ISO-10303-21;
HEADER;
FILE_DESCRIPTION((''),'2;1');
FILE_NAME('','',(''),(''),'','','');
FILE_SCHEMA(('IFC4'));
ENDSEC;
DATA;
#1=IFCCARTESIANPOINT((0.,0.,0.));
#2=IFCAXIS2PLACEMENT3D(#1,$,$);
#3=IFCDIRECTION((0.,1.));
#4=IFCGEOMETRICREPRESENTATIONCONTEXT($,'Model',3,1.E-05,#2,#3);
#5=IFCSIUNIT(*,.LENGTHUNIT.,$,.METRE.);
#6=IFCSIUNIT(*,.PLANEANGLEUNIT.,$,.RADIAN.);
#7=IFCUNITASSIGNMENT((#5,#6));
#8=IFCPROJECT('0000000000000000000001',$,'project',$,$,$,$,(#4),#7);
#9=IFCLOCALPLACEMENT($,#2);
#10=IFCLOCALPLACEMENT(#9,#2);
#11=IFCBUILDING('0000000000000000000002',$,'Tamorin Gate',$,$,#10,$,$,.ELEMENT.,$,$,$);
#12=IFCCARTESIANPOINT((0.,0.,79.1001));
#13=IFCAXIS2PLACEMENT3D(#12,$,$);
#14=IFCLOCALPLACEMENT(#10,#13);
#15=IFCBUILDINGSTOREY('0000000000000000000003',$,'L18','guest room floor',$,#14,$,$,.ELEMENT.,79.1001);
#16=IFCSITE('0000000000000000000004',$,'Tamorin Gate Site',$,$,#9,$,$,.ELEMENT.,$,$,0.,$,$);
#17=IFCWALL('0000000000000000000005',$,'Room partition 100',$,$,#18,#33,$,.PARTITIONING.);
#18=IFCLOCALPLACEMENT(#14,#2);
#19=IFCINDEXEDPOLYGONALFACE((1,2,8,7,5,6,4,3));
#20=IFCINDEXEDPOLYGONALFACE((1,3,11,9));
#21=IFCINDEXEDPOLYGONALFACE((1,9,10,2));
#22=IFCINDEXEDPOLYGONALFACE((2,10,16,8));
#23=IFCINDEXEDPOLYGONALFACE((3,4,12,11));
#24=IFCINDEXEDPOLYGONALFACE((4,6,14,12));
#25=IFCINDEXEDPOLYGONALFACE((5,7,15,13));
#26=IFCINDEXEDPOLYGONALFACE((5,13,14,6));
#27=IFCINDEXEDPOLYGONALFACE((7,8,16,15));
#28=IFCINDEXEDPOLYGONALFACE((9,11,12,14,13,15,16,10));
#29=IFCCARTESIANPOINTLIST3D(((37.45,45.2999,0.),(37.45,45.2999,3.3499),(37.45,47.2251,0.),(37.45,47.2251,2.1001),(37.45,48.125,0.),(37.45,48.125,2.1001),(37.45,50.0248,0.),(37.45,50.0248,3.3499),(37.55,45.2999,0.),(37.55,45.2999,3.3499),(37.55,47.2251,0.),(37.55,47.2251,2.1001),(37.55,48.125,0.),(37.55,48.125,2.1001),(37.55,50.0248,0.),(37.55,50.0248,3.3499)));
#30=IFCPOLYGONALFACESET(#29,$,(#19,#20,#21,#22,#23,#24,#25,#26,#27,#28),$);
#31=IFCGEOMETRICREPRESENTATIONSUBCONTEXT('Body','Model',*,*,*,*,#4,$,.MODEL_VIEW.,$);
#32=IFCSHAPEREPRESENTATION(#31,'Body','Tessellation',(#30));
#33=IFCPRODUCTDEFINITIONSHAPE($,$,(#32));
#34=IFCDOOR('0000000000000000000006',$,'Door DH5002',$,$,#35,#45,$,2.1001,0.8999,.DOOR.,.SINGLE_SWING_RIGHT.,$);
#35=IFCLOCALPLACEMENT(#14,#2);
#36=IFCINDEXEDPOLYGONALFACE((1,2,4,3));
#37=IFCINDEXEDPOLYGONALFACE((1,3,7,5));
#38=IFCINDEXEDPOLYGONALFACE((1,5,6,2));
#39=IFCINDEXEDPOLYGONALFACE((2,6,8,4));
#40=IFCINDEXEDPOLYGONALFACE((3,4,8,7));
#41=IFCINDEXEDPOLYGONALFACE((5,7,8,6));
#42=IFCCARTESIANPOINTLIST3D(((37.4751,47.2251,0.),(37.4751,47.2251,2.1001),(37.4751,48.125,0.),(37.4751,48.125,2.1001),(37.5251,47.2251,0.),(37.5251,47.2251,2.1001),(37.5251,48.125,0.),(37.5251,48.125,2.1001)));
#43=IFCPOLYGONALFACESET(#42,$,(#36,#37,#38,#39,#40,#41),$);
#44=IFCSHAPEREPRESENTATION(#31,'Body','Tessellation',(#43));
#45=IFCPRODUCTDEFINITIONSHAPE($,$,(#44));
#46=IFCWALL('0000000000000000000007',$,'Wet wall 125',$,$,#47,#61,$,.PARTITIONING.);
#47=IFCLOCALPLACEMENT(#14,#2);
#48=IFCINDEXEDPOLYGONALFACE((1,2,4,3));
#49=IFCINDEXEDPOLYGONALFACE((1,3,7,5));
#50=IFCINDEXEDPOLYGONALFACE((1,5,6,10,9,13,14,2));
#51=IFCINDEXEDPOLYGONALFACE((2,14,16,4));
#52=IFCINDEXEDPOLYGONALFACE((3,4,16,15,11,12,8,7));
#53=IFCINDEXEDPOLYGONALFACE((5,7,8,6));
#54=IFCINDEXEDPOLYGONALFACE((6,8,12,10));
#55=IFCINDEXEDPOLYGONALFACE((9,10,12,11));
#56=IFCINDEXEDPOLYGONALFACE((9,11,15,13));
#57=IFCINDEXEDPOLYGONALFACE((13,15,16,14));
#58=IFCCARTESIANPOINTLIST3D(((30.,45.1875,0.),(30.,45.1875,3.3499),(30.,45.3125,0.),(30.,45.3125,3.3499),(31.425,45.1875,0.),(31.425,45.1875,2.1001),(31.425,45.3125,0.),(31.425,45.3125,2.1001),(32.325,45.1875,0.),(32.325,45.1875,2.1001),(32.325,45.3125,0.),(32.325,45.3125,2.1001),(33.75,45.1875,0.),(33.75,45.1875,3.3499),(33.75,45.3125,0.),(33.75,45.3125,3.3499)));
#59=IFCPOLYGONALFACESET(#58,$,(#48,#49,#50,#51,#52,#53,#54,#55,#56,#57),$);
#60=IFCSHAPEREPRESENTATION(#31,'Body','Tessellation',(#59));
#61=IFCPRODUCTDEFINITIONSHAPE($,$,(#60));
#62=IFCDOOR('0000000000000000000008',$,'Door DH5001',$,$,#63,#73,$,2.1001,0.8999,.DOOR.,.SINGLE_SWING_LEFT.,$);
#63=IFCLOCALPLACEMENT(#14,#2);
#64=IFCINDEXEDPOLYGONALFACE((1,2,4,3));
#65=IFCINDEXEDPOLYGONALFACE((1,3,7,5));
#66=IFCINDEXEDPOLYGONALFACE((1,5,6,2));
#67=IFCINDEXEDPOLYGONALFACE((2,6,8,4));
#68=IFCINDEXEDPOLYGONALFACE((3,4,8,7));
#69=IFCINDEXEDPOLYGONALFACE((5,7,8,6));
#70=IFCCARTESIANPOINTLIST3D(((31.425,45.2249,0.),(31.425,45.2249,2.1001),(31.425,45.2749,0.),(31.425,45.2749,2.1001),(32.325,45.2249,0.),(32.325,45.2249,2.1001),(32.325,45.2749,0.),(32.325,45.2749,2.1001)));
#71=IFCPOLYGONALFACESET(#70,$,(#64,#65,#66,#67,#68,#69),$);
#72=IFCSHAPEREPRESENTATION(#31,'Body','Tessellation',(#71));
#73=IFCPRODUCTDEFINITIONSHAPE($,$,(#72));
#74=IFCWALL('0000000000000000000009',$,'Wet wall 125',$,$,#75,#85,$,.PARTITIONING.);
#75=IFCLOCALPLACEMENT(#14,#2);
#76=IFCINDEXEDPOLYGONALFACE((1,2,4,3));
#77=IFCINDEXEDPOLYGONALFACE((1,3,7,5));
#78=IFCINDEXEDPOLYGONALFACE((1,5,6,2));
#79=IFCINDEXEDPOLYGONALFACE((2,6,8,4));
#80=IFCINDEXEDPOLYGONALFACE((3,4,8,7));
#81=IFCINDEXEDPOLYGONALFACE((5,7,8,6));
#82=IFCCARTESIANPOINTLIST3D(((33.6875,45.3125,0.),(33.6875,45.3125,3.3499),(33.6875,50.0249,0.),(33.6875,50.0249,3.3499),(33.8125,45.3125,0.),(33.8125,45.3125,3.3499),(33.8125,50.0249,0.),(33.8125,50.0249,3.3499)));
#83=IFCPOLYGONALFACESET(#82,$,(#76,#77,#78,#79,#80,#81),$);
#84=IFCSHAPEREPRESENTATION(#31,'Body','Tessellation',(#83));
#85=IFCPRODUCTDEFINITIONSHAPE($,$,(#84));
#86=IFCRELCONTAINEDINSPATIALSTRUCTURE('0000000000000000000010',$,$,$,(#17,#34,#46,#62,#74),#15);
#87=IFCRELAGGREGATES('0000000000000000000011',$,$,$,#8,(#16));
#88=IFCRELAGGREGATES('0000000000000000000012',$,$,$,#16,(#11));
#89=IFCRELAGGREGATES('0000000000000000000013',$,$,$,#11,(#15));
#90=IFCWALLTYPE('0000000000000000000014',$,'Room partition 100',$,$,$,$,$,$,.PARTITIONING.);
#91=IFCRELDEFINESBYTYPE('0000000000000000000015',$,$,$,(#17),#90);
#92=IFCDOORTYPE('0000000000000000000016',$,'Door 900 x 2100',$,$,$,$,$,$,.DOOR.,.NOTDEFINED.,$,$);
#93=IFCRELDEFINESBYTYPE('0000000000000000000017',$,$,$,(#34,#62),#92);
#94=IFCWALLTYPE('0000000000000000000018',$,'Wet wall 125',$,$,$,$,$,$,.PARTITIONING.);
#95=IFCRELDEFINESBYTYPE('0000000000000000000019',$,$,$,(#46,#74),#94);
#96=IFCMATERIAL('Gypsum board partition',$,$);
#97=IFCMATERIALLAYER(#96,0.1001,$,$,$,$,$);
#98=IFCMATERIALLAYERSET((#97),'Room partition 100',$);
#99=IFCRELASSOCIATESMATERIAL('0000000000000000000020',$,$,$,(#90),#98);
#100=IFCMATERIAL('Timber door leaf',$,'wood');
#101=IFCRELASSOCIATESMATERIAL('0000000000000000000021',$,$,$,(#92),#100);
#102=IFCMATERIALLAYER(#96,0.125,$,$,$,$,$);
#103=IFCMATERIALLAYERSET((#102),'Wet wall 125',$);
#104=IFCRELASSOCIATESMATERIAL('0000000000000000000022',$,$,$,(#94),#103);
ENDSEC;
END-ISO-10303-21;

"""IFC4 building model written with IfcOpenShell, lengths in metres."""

from ifc_helpers import new_model, si_unit, direction, frame, frame_2d, origin, place, context, subcontext, project, spatial, rectangle, extrude, material, layer, layer_set, type_object, element, fill, save


model = new_model("IFC4")

# Units and contexts
model_context = context("Model", 3, precision=1e-05, world=origin(), true_north=direction((0.0, 1.0)))
body_context = subcontext(model_context, "Body", "Model", "MODEL_VIEW")
ifc_project = project(units=[si_unit("LENGTHUNIT", "METRE"), si_unit("PLANEANGLEUNIT", "RADIAN")], contexts=[model_context])

# Site, building, storey
site_placement = place(None, origin())
site = spatial("IfcSite", under=ifc_project, at=site_placement, Name="Tamorin Gate Site", CompositionType="ELEMENT", RefElevation=0.0)
building_placement = place(site_placement, origin())
building = spatial("IfcBuilding", under=site, at=building_placement, Name="Tamorin Gate", CompositionType="ELEMENT")
storey_placement = place(building_placement, frame((0.0, 0.0, 79.1001)))
storey = spatial("IfcBuildingStorey", under=building, at=storey_placement, Name="L18", Description="guest room floor", CompositionType="ELEMENT", Elevation=79.1001)

# Shared definitions
ifc_material_1 = material(Name="Gypsum board partition")
ifc_layer_1 = layer(ifc_material_1, 0.1001)
ifc_layer_set_1 = layer_set([ifc_layer_1], Name="Room partition 100")
wall_type_1 = type_object("IfcWallType", Name="Room partition 100", PredefinedType="PARTITIONING", material=ifc_layer_set_1)
ifc_material_2 = material(Name="Timber door leaf", Category="wood")
door_type = type_object("IfcDoorType", Name="Door 900 x 2100", OperationType="NOTDEFINED", PredefinedType="DOOR", material=ifc_material_2)

# Walls, openings, doors
wall_1_placement = place(storey_placement, frame((37.5, 45.3, 0.0), z_axis=(0.0, 0.0, 1.0), x_axis=(0.0, 1.0, 0.0)))
wall_1 = element("IfcWall", 1, at=wall_1_placement, inside=storey, type_object=wall_type_1, Name="Room partition 100", PredefinedType="PARTITIONING", context=body_context, shape_type="SweptSolid", body=[
    extrude(rectangle(XDim=4.7249, YDim=0.1001, at=frame_2d((2.3623, 0.0))), origin(), (0.0, 0.0, 1.0), 3.3499),
])
opening_1_placement = place(wall_1_placement, frame((1.925, 0.0, 0.0)))
opening_1 = element("IfcOpeningElement", 2, at=opening_1_placement, cuts=wall_1, PredefinedType="OPENING", context=body_context, shape_type="SweptSolid", body=[
    extrude(rectangle(XDim=0.8999, YDim=2.1001, at=frame_2d((0.45, 1.05))), frame((0.0, 0.0601, 0.0), z_axis=(0.0, -1.0, 0.0), x_axis=(1.0, 0.0, 0.0)), (0.0, 0.0, 1.0), 0.1201),
])
door_1_placement = place(opening_1_placement, origin())
door_1 = element("IfcDoor", 3, at=door_1_placement, inside=storey, type_object=door_type, Name="Door DH5002", OperationType="SINGLE_SWING_RIGHT", OverallHeight=2.1001, OverallWidth=0.8999, PredefinedType="DOOR", context=body_context, shape_type="SweptSolid", body=[
    extrude(rectangle(XDim=0.8999, YDim=2.1001, at=frame_2d((0.45, 1.05))), frame((0.0, 0.0249, 0.0), z_axis=(0.0, -1.0, 0.0), x_axis=(1.0, 0.0, 0.0)), (0.0, 0.0, 1.0), 0.05),
])
fill(opening_1, door_1)
ifc_layer_2 = layer(ifc_material_1, 0.125)
ifc_layer_set_2 = layer_set([ifc_layer_2], Name="Wet wall 125")
wall_type_2 = type_object("IfcWallType", Name="Wet wall 125", PredefinedType="PARTITIONING", material=ifc_layer_set_2)
wall_2_placement = place(storey_placement, frame((30.0, 45.25, 0.0), z_axis=(0.0, 0.0, 1.0), x_axis=(1.0, 0.0, 0.0)))
wall_2 = element("IfcWall", 4, at=wall_2_placement, inside=storey, type_object=wall_type_2, Name="Wet wall 125", PredefinedType="PARTITIONING", context=body_context, shape_type="SweptSolid", body=[
    extrude(rectangle(XDim=3.75, YDim=0.125, at=frame_2d((1.875, 0.0))), origin(), (0.0, 0.0, 1.0), 3.3499),
])
opening_2_placement = place(wall_2_placement, frame((1.425, 0.0, 0.0)))
opening_2 = element("IfcOpeningElement", 5, at=opening_2_placement, cuts=wall_2, PredefinedType="OPENING", context=body_context, shape_type="SweptSolid", body=[
    extrude(rectangle(XDim=0.8999, YDim=2.1001, at=frame_2d((0.45, 1.05))), frame((0.0, 0.0725, 0.0), z_axis=(0.0, -1.0, 0.0), x_axis=(1.0, 0.0, 0.0)), (0.0, 0.0, 1.0), 0.145),
])
door_2_placement = place(opening_2_placement, origin())
door_2 = element("IfcDoor", 6, at=door_2_placement, inside=storey, type_object=door_type, Name="Door DH5001", OperationType="SINGLE_SWING_LEFT", OverallHeight=2.1001, OverallWidth=0.8999, PredefinedType="DOOR", context=body_context, shape_type="SweptSolid", body=[
    extrude(rectangle(XDim=0.8999, YDim=2.1001, at=frame_2d((0.45, 1.05))), frame((0.0, 0.0249, 0.0), z_axis=(0.0, -1.0, 0.0), x_axis=(1.0, 0.0, 0.0)), (0.0, 0.0, 1.0), 0.05),
])
fill(opening_2, door_2)

# Wall
wall_3_placement = place(storey_placement, frame((33.75, 45.3125, 0.0), z_axis=(0.0, 0.0, 1.0), x_axis=(0.0, 1.0, 0.0)))
element("IfcWall", 7, at=wall_3_placement, inside=storey, type_object=wall_type_2, Name="Wet wall 125", PredefinedType="PARTITIONING", context=body_context, shape_type="SweptSolid", body=[
    extrude(rectangle(XDim=4.7124, YDim=0.125, at=frame_2d((2.3562, 0.0))), origin(), (0.0, 0.0, 1.0), 3.3499),
])

save(model, "model.ifc")
